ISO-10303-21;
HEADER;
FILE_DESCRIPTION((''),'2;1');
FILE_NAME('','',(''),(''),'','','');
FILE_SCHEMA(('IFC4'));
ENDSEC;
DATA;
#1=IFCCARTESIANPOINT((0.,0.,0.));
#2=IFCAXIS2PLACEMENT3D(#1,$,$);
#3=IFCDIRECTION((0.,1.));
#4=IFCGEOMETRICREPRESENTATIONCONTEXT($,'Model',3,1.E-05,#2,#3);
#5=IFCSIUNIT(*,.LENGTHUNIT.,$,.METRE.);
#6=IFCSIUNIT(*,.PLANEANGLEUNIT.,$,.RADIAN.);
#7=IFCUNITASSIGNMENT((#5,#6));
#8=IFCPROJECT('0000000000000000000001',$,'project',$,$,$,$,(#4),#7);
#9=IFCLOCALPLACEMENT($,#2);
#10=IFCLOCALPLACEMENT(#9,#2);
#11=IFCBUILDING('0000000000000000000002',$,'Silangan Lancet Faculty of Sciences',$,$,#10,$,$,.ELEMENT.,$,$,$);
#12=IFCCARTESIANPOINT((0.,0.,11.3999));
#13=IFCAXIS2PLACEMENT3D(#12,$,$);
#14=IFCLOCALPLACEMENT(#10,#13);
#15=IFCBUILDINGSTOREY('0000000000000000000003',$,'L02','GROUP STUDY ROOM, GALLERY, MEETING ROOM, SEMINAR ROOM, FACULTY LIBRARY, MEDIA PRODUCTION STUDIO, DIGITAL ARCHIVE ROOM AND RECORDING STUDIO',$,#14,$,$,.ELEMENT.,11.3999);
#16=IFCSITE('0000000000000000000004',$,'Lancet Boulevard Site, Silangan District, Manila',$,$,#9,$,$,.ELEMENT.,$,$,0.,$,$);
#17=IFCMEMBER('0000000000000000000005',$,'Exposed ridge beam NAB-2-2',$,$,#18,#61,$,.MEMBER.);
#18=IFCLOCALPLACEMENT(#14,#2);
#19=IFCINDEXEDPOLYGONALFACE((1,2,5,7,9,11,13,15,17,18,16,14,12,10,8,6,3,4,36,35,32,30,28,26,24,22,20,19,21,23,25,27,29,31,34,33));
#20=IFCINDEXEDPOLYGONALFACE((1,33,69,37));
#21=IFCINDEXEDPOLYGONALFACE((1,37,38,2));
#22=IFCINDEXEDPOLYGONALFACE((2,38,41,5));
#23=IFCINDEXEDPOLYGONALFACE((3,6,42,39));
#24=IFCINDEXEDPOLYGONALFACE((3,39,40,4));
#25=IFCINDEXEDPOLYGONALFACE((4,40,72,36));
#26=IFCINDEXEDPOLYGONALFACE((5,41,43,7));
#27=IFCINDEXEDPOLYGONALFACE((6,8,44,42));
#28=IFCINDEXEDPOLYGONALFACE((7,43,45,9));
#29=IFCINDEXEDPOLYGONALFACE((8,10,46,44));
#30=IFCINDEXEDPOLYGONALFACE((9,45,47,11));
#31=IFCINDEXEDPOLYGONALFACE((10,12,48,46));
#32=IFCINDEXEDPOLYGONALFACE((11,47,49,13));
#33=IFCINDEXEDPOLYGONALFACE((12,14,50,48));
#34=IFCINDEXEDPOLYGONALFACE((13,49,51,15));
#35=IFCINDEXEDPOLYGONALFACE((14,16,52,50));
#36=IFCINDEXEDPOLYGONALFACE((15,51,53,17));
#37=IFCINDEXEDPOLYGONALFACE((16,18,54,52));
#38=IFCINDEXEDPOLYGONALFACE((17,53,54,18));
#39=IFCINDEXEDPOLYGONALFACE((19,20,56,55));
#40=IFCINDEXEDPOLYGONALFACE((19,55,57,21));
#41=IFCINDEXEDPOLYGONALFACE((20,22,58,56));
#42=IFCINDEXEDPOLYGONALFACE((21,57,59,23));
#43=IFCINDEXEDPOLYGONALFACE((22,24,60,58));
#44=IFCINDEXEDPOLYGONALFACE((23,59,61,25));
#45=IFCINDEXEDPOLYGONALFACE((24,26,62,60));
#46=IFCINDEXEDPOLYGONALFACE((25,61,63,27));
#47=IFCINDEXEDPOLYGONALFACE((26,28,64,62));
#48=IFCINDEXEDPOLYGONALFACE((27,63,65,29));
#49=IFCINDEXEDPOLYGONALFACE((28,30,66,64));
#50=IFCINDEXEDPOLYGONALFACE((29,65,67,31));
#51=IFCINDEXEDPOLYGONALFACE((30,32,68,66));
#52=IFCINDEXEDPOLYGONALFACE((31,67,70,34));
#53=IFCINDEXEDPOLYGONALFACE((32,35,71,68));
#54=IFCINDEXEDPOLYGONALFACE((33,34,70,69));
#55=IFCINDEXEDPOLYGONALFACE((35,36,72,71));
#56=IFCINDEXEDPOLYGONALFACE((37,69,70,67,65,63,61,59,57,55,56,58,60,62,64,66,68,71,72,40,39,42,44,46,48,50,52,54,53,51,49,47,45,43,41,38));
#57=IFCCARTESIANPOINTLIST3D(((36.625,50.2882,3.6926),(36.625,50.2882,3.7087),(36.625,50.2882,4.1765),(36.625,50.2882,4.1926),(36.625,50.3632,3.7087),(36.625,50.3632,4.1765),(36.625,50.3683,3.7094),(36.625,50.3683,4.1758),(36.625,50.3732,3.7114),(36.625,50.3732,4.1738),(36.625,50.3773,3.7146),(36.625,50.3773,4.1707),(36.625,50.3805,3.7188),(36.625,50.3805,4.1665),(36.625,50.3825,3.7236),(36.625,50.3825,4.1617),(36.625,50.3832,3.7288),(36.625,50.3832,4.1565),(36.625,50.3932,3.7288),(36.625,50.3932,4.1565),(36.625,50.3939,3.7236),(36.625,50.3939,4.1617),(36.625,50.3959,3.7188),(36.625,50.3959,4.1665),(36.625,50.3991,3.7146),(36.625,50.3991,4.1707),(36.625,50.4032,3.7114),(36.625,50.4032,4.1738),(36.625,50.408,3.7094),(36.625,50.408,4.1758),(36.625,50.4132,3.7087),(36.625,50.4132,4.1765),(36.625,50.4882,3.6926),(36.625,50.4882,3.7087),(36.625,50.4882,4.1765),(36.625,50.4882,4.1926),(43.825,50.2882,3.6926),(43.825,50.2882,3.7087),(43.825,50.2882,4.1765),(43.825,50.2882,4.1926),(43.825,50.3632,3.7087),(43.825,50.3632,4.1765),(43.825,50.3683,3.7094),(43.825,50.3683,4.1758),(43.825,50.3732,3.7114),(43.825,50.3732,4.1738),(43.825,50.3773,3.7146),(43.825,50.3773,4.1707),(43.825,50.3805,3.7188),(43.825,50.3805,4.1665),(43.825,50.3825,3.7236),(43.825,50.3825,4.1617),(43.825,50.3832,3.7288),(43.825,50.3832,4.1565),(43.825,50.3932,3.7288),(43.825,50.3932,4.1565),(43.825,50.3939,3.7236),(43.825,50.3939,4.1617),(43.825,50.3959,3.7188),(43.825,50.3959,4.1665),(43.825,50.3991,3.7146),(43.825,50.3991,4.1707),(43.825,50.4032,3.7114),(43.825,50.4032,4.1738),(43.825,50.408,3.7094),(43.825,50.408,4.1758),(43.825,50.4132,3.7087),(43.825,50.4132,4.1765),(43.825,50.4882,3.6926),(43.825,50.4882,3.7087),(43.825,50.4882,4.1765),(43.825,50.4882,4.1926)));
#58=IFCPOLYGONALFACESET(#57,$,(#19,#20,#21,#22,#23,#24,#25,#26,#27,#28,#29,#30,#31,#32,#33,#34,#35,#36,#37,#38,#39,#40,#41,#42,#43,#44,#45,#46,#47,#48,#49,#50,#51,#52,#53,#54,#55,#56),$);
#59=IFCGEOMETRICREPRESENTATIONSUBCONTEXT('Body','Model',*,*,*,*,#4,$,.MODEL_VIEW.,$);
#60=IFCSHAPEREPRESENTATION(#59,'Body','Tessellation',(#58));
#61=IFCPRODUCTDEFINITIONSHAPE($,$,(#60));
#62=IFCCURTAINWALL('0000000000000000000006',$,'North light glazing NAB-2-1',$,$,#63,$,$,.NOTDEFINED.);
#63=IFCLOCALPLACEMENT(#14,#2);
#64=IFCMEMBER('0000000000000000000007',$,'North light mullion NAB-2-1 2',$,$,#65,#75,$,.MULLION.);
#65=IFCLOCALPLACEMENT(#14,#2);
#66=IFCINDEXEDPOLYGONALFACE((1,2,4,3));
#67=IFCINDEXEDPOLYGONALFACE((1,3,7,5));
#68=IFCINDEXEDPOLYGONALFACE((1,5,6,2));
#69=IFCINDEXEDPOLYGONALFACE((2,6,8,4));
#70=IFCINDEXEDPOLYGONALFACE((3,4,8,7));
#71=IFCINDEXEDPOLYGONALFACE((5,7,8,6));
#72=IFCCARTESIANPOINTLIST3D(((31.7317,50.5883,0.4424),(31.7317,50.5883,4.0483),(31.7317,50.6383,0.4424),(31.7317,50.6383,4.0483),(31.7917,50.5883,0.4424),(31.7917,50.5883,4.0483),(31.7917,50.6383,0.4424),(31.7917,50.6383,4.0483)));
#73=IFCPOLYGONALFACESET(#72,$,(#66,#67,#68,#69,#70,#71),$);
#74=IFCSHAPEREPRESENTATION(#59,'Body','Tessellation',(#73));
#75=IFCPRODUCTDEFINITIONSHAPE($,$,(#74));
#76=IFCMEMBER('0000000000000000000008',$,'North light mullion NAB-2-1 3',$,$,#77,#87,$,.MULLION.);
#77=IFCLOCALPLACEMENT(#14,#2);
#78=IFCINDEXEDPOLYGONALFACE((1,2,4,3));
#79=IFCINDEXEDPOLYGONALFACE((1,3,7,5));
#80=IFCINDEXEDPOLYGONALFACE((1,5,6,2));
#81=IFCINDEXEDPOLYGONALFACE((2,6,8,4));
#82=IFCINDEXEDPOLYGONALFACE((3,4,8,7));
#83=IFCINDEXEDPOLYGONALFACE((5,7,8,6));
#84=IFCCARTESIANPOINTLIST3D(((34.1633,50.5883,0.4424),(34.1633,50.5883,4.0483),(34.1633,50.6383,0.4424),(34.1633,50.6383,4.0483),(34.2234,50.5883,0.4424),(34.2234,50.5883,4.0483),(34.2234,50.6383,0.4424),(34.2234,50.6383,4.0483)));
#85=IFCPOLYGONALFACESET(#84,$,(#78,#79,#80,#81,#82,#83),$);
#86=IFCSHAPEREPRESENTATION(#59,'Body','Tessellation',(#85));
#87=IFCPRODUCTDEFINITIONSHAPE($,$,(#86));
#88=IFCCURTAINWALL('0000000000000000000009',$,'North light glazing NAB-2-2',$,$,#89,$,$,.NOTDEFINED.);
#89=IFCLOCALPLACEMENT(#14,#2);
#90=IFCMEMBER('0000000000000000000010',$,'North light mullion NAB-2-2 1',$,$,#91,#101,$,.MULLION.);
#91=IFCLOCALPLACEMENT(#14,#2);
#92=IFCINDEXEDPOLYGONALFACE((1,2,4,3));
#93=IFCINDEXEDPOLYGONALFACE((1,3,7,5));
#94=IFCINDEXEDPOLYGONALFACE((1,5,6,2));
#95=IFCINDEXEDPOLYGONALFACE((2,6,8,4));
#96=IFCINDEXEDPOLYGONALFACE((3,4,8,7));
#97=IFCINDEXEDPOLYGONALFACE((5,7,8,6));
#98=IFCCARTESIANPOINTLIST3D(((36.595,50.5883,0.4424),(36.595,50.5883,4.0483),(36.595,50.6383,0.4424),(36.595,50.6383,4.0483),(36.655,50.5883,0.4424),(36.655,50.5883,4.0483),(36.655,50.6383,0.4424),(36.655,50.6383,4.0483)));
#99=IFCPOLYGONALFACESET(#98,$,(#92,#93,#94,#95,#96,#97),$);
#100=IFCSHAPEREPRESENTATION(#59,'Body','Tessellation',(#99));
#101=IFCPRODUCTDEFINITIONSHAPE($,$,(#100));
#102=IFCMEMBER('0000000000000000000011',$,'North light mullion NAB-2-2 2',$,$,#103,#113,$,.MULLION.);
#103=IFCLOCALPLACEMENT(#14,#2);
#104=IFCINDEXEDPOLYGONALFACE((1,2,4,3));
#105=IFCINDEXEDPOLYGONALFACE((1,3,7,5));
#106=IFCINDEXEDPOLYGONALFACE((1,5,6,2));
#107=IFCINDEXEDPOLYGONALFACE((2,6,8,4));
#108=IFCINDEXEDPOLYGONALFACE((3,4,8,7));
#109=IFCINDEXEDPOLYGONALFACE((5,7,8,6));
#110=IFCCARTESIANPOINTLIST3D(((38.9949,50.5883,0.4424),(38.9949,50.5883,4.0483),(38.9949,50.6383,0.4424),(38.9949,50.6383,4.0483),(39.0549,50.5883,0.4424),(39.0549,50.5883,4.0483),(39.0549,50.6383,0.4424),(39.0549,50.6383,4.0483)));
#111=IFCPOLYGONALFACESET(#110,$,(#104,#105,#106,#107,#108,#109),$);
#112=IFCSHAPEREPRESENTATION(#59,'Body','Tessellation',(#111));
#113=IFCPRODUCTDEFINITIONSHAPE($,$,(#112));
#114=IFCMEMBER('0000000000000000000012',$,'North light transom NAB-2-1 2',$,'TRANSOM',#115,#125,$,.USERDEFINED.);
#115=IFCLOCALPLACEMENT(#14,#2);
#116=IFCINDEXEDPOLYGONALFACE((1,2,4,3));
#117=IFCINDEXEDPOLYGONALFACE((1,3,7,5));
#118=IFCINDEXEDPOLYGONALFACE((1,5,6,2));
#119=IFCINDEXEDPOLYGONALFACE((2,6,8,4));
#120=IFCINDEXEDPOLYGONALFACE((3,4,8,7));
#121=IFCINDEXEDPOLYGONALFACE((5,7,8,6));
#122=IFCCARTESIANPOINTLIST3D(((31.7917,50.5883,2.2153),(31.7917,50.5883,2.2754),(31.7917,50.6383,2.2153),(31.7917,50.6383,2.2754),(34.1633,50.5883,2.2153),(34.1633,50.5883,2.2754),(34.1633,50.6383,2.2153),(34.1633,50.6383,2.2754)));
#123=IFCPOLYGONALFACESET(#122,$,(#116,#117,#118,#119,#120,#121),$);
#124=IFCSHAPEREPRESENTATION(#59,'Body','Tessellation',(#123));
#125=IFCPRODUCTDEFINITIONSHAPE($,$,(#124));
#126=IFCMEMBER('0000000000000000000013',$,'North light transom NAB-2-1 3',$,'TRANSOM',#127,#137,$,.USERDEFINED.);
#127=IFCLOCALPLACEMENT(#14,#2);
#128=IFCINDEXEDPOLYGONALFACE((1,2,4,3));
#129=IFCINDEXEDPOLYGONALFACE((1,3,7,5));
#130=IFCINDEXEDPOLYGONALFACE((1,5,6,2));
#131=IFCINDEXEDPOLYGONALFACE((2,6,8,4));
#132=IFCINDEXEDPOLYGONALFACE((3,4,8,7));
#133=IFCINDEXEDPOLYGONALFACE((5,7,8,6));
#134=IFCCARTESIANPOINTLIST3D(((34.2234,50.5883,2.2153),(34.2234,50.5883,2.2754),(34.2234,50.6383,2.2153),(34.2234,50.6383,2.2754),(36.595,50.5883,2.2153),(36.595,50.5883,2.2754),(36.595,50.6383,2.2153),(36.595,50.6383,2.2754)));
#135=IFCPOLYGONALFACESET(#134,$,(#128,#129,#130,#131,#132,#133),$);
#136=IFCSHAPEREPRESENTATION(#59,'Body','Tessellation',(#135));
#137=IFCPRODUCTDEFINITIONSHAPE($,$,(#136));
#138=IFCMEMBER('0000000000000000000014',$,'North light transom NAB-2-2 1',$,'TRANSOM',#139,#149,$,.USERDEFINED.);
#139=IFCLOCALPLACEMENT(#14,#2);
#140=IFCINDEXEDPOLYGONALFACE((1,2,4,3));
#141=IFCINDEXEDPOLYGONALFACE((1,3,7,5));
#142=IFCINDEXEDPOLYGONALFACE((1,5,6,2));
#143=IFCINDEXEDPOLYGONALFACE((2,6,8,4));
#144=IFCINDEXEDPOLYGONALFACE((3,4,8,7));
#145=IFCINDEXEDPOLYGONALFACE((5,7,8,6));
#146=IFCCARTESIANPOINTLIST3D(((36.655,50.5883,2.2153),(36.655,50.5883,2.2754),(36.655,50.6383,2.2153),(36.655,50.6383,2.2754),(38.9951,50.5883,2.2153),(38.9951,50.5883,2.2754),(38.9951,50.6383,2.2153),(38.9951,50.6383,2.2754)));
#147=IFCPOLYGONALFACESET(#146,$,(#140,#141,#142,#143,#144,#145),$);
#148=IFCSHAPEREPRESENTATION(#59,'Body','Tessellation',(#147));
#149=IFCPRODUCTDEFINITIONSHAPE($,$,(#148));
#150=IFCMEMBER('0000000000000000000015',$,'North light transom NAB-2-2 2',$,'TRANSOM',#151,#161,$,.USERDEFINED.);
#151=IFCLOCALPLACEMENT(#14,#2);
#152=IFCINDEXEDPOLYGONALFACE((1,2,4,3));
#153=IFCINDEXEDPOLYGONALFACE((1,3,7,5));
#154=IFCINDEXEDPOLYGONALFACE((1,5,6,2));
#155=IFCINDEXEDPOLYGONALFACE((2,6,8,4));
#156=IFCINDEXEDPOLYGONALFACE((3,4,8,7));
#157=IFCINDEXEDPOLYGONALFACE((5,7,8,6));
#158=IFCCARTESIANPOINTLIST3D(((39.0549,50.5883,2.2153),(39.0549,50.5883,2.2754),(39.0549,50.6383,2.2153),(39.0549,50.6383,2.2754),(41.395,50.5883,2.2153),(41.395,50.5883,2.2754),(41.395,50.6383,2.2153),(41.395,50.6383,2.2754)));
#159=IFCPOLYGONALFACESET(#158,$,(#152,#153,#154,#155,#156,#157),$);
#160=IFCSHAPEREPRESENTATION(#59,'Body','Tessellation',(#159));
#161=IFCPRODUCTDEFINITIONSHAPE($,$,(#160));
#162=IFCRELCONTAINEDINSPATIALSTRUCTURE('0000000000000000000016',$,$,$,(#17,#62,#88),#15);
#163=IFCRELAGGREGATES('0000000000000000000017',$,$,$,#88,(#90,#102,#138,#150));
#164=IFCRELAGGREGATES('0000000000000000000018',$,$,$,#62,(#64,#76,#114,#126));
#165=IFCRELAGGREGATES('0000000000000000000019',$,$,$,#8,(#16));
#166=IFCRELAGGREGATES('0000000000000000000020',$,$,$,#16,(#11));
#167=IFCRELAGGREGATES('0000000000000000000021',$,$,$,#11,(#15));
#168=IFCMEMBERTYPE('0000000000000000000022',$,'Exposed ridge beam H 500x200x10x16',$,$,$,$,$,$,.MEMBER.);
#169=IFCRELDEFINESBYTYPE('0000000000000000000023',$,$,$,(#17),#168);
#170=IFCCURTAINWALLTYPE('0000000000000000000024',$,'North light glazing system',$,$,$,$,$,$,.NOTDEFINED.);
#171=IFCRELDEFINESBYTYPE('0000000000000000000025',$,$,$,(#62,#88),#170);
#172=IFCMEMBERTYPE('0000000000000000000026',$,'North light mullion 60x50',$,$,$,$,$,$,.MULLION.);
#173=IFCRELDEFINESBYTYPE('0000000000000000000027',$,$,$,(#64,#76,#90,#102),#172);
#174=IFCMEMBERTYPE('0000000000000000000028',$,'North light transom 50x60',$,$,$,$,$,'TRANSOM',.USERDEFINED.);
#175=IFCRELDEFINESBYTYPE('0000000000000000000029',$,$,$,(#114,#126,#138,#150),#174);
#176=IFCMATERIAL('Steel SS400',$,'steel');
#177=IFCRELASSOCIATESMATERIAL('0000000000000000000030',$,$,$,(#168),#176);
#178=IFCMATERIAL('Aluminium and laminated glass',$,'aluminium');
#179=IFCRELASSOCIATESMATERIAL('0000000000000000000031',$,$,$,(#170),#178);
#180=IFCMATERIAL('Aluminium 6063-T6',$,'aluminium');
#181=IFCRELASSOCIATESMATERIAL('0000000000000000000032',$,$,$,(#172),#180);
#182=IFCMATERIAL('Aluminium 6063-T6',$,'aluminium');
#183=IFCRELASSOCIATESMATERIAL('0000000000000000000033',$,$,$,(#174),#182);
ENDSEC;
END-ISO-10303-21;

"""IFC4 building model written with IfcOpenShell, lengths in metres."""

from ifc_helpers import new_model, si_unit, direction, frame, origin, origin_2d, place, context, subcontext, project, spatial, rectangle, i_section, extrude, material, material_profile, profile_set, type_object, element, aggregate, save


model = new_model("IFC4")

# Units and contexts
model_context = context("Model", 3, precision=1e-05, world=origin(), true_north=direction((0.0, 1.0)))
body_context = subcontext(model_context, "Body", "Model", "MODEL_VIEW")
ifc_project = project(units=[si_unit("LENGTHUNIT", "METRE"), si_unit("PLANEANGLEUNIT", "RADIAN")], contexts=[model_context])

# Site, building, storey
site_placement = place(None, origin())
site = spatial("IfcSite", under=ifc_project, at=site_placement, Name="Lancet Boulevard Site, Silangan District, Manila", CompositionType="ELEMENT", RefElevation=0.0)
building_placement = place(site_placement, origin())
building = spatial("IfcBuilding", under=site, at=building_placement, Name="Silangan Lancet Faculty of Sciences", CompositionType="ELEMENT")
storey_placement = place(building_placement, frame((0.0, 0.0, 11.3999)))
storey = spatial("IfcBuildingStorey", under=building, at=storey_placement, Name="L02", Description="GROUP STUDY ROOM, GALLERY, MEETING ROOM, SEMINAR ROOM, FACULTY LIBRARY, MEDIA PRODUCTION STUDIO, DIGITAL ARCHIVE ROOM AND RECORDING STUDIO", CompositionType="ELEMENT", Elevation=11.3999)

# Member
ifc_material_1 = material(Name="Steel SS400", Category="steel")
ifc_material_profile_1 = material_profile(ifc_material_1, i_section(OverallWidth=0.2, OverallDepth=0.5, WebThickness=0.01, FlangeThickness=0.0161, FilletRadius=0.02, at=origin_2d()), Name="H 500x200x10x16")
ifc_profile_set_1 = profile_set([ifc_material_profile_1], Name="Steel SS400")
member_type_1 = type_object("IfcMemberType", Name="Exposed ridge beam H 500x200x10x16", PredefinedType="MEMBER", material=ifc_profile_set_1)
member_1_placement = place(storey_placement, frame((36.625, 50.3882, 3.9426), z_axis=(1.0, 0.0, 0.0), x_axis=(0.0, 1.0, 0.0)))
element("IfcMember", 1, at=member_1_placement, inside=storey, type_object=member_type_1, Name="Exposed ridge beam NAB-2-2", PredefinedType="MEMBER", context=body_context, shape_type="SweptSolid", body=[
    extrude(i_section(OverallWidth=0.2, OverallDepth=0.5, WebThickness=0.01, FlangeThickness=0.0161, FilletRadius=0.02, at=origin_2d()), origin(), (0.0, 0.0, 1.0), 7.2),
])

# Curtain walls, members
ifc_material_2 = material(Name="Aluminium and laminated glass", Category="aluminium")
curtain_wall_type = type_object("IfcCurtainWallType", Name="North light glazing system", PredefinedType="NOTDEFINED", material=ifc_material_2)
curtain_wall_1_placement = place(storey_placement, origin())
curtain_wall_1 = element("IfcCurtainWall", 2, at=curtain_wall_1_placement, inside=storey, type_object=curtain_wall_type, Name="North light glazing NAB-2-1", PredefinedType="NOTDEFINED")
ifc_material_3 = material(Name="Aluminium 6063-T6", Category="aluminium")
ifc_material_profile_2 = material_profile(ifc_material_3, rectangle(XDim=0.0601, YDim=0.05, at=origin_2d()), Name="AL 60x50")
ifc_profile_set_2 = profile_set([ifc_material_profile_2], Name="Aluminium 6063-T6")
member_type_2 = type_object("IfcMemberType", Name="North light mullion 60x50", PredefinedType="MULLION", material=ifc_profile_set_2)
member_2_placement = place(storey_placement, frame((31.7617, 50.6133, 0.4424), z_axis=(0.0, 0.0, 1.0), x_axis=(1.0, 0.0, 0.0)))
member_2 = element("IfcMember", 3, at=member_2_placement, type_object=member_type_2, Name="North light mullion NAB-2-1 2", PredefinedType="MULLION", context=body_context, shape_type="SweptSolid", body=[
    extrude(rectangle(XDim=0.0601, YDim=0.05, at=origin_2d()), origin(), (0.0, 0.0, 1.0), 3.606),
])
member_3_placement = place(storey_placement, frame((34.1934, 50.6133, 0.4424), z_axis=(0.0, 0.0, 1.0), x_axis=(1.0, 0.0, 0.0)))
member_3 = element("IfcMember", 4, at=member_3_placement, type_object=member_type_2, Name="North light mullion NAB-2-1 3", PredefinedType="MULLION", context=body_context, shape_type="SweptSolid", body=[
    extrude(rectangle(XDim=0.0601, YDim=0.05, at=origin_2d()), origin(), (0.0, 0.0, 1.0), 3.606),
])
curtain_wall_2_placement = place(storey_placement, origin())
curtain_wall_2 = element("IfcCurtainWall", 5, at=curtain_wall_2_placement, inside=storey, type_object=curtain_wall_type, Name="North light glazing NAB-2-2", PredefinedType="NOTDEFINED")
member_4_placement = place(storey_placement, frame((36.625, 50.6133, 0.4424), z_axis=(0.0, 0.0, 1.0), x_axis=(1.0, 0.0, 0.0)))
member_4 = element("IfcMember", 6, at=member_4_placement, type_object=member_type_2, Name="North light mullion NAB-2-2 1", PredefinedType="MULLION", context=body_context, shape_type="SweptSolid", body=[
    extrude(rectangle(XDim=0.0601, YDim=0.05, at=origin_2d()), origin(), (0.0, 0.0, 1.0), 3.606),
])
member_5_placement = place(storey_placement, frame((39.0249, 50.6133, 0.4424), z_axis=(0.0, 0.0, 1.0), x_axis=(1.0, 0.0, 0.0)))
member_5 = element("IfcMember", 7, at=member_5_placement, type_object=member_type_2, Name="North light mullion NAB-2-2 2", PredefinedType="MULLION", context=body_context, shape_type="SweptSolid", body=[
    extrude(rectangle(XDim=0.0601, YDim=0.05, at=origin_2d()), origin(), (0.0, 0.0, 1.0), 3.606),
])

# Members
ifc_material_4 = material(Name="Aluminium 6063-T6", Category="aluminium")
ifc_material_profile_3 = material_profile(ifc_material_4, rectangle(XDim=0.05, YDim=0.0601, at=origin_2d()), Name="AL 50x60")
ifc_profile_set_3 = profile_set([ifc_material_profile_3], Name="Aluminium 6063-T6")
member_type_3 = type_object("IfcMemberType", Name="North light transom 50x60", ElementType="TRANSOM", PredefinedType="USERDEFINED", material=ifc_profile_set_3)
member_6_placement = place(storey_placement, frame((31.7917, 50.6133, 2.2454), z_axis=(1.0, 0.0, 0.0), x_axis=(0.0, 1.0, 0.0)))
member_6 = element("IfcMember", 8, at=member_6_placement, type_object=member_type_3, Name="North light transom NAB-2-1 2", ObjectType="TRANSOM", PredefinedType="USERDEFINED", context=body_context, shape_type="SweptSolid", body=[
    extrude(rectangle(XDim=0.05, YDim=0.0601, at=origin_2d()), origin(), (0.0, 0.0, 1.0), 2.3716),
])
member_7_placement = place(storey_placement, frame((34.2234, 50.6133, 2.2454), z_axis=(1.0, 0.0, 0.0), x_axis=(0.0, 1.0, 0.0)))
member_7 = element("IfcMember", 9, at=member_7_placement, type_object=member_type_3, Name="North light transom NAB-2-1 3", ObjectType="TRANSOM", PredefinedType="USERDEFINED", context=body_context, shape_type="SweptSolid", body=[
    extrude(rectangle(XDim=0.05, YDim=0.0601, at=origin_2d()), origin(), (0.0, 0.0, 1.0), 2.3716),
])
member_8_placement = place(storey_placement, frame((36.655, 50.6133, 2.2454), z_axis=(1.0, 0.0, 0.0), x_axis=(0.0, 1.0, 0.0)))
member_8 = element("IfcMember", 10, at=member_8_placement, type_object=member_type_3, Name="North light transom NAB-2-2 1", ObjectType="TRANSOM", PredefinedType="USERDEFINED", context=body_context, shape_type="SweptSolid", body=[
    extrude(rectangle(XDim=0.05, YDim=0.0601, at=origin_2d()), origin(), (0.0, 0.0, 1.0), 2.3401),
])
member_9_placement = place(storey_placement, frame((39.0549, 50.6133, 2.2454), z_axis=(1.0, 0.0, 0.0), x_axis=(0.0, 1.0, 0.0)))
member_9 = element("IfcMember", 11, at=member_9_placement, type_object=member_type_3, Name="North light transom NAB-2-2 2", ObjectType="TRANSOM", PredefinedType="USERDEFINED", context=body_context, shape_type="SweptSolid", body=[
    extrude(rectangle(XDim=0.05, YDim=0.0601, at=origin_2d()), origin(), (0.0, 0.0, 1.0), 2.3401),
])

aggregate(curtain_wall_2, [member_4, member_5, member_8, member_9])
aggregate(curtain_wall_1, [member_2, member_3, member_6, member_7])

save(model, "model.ifc")
